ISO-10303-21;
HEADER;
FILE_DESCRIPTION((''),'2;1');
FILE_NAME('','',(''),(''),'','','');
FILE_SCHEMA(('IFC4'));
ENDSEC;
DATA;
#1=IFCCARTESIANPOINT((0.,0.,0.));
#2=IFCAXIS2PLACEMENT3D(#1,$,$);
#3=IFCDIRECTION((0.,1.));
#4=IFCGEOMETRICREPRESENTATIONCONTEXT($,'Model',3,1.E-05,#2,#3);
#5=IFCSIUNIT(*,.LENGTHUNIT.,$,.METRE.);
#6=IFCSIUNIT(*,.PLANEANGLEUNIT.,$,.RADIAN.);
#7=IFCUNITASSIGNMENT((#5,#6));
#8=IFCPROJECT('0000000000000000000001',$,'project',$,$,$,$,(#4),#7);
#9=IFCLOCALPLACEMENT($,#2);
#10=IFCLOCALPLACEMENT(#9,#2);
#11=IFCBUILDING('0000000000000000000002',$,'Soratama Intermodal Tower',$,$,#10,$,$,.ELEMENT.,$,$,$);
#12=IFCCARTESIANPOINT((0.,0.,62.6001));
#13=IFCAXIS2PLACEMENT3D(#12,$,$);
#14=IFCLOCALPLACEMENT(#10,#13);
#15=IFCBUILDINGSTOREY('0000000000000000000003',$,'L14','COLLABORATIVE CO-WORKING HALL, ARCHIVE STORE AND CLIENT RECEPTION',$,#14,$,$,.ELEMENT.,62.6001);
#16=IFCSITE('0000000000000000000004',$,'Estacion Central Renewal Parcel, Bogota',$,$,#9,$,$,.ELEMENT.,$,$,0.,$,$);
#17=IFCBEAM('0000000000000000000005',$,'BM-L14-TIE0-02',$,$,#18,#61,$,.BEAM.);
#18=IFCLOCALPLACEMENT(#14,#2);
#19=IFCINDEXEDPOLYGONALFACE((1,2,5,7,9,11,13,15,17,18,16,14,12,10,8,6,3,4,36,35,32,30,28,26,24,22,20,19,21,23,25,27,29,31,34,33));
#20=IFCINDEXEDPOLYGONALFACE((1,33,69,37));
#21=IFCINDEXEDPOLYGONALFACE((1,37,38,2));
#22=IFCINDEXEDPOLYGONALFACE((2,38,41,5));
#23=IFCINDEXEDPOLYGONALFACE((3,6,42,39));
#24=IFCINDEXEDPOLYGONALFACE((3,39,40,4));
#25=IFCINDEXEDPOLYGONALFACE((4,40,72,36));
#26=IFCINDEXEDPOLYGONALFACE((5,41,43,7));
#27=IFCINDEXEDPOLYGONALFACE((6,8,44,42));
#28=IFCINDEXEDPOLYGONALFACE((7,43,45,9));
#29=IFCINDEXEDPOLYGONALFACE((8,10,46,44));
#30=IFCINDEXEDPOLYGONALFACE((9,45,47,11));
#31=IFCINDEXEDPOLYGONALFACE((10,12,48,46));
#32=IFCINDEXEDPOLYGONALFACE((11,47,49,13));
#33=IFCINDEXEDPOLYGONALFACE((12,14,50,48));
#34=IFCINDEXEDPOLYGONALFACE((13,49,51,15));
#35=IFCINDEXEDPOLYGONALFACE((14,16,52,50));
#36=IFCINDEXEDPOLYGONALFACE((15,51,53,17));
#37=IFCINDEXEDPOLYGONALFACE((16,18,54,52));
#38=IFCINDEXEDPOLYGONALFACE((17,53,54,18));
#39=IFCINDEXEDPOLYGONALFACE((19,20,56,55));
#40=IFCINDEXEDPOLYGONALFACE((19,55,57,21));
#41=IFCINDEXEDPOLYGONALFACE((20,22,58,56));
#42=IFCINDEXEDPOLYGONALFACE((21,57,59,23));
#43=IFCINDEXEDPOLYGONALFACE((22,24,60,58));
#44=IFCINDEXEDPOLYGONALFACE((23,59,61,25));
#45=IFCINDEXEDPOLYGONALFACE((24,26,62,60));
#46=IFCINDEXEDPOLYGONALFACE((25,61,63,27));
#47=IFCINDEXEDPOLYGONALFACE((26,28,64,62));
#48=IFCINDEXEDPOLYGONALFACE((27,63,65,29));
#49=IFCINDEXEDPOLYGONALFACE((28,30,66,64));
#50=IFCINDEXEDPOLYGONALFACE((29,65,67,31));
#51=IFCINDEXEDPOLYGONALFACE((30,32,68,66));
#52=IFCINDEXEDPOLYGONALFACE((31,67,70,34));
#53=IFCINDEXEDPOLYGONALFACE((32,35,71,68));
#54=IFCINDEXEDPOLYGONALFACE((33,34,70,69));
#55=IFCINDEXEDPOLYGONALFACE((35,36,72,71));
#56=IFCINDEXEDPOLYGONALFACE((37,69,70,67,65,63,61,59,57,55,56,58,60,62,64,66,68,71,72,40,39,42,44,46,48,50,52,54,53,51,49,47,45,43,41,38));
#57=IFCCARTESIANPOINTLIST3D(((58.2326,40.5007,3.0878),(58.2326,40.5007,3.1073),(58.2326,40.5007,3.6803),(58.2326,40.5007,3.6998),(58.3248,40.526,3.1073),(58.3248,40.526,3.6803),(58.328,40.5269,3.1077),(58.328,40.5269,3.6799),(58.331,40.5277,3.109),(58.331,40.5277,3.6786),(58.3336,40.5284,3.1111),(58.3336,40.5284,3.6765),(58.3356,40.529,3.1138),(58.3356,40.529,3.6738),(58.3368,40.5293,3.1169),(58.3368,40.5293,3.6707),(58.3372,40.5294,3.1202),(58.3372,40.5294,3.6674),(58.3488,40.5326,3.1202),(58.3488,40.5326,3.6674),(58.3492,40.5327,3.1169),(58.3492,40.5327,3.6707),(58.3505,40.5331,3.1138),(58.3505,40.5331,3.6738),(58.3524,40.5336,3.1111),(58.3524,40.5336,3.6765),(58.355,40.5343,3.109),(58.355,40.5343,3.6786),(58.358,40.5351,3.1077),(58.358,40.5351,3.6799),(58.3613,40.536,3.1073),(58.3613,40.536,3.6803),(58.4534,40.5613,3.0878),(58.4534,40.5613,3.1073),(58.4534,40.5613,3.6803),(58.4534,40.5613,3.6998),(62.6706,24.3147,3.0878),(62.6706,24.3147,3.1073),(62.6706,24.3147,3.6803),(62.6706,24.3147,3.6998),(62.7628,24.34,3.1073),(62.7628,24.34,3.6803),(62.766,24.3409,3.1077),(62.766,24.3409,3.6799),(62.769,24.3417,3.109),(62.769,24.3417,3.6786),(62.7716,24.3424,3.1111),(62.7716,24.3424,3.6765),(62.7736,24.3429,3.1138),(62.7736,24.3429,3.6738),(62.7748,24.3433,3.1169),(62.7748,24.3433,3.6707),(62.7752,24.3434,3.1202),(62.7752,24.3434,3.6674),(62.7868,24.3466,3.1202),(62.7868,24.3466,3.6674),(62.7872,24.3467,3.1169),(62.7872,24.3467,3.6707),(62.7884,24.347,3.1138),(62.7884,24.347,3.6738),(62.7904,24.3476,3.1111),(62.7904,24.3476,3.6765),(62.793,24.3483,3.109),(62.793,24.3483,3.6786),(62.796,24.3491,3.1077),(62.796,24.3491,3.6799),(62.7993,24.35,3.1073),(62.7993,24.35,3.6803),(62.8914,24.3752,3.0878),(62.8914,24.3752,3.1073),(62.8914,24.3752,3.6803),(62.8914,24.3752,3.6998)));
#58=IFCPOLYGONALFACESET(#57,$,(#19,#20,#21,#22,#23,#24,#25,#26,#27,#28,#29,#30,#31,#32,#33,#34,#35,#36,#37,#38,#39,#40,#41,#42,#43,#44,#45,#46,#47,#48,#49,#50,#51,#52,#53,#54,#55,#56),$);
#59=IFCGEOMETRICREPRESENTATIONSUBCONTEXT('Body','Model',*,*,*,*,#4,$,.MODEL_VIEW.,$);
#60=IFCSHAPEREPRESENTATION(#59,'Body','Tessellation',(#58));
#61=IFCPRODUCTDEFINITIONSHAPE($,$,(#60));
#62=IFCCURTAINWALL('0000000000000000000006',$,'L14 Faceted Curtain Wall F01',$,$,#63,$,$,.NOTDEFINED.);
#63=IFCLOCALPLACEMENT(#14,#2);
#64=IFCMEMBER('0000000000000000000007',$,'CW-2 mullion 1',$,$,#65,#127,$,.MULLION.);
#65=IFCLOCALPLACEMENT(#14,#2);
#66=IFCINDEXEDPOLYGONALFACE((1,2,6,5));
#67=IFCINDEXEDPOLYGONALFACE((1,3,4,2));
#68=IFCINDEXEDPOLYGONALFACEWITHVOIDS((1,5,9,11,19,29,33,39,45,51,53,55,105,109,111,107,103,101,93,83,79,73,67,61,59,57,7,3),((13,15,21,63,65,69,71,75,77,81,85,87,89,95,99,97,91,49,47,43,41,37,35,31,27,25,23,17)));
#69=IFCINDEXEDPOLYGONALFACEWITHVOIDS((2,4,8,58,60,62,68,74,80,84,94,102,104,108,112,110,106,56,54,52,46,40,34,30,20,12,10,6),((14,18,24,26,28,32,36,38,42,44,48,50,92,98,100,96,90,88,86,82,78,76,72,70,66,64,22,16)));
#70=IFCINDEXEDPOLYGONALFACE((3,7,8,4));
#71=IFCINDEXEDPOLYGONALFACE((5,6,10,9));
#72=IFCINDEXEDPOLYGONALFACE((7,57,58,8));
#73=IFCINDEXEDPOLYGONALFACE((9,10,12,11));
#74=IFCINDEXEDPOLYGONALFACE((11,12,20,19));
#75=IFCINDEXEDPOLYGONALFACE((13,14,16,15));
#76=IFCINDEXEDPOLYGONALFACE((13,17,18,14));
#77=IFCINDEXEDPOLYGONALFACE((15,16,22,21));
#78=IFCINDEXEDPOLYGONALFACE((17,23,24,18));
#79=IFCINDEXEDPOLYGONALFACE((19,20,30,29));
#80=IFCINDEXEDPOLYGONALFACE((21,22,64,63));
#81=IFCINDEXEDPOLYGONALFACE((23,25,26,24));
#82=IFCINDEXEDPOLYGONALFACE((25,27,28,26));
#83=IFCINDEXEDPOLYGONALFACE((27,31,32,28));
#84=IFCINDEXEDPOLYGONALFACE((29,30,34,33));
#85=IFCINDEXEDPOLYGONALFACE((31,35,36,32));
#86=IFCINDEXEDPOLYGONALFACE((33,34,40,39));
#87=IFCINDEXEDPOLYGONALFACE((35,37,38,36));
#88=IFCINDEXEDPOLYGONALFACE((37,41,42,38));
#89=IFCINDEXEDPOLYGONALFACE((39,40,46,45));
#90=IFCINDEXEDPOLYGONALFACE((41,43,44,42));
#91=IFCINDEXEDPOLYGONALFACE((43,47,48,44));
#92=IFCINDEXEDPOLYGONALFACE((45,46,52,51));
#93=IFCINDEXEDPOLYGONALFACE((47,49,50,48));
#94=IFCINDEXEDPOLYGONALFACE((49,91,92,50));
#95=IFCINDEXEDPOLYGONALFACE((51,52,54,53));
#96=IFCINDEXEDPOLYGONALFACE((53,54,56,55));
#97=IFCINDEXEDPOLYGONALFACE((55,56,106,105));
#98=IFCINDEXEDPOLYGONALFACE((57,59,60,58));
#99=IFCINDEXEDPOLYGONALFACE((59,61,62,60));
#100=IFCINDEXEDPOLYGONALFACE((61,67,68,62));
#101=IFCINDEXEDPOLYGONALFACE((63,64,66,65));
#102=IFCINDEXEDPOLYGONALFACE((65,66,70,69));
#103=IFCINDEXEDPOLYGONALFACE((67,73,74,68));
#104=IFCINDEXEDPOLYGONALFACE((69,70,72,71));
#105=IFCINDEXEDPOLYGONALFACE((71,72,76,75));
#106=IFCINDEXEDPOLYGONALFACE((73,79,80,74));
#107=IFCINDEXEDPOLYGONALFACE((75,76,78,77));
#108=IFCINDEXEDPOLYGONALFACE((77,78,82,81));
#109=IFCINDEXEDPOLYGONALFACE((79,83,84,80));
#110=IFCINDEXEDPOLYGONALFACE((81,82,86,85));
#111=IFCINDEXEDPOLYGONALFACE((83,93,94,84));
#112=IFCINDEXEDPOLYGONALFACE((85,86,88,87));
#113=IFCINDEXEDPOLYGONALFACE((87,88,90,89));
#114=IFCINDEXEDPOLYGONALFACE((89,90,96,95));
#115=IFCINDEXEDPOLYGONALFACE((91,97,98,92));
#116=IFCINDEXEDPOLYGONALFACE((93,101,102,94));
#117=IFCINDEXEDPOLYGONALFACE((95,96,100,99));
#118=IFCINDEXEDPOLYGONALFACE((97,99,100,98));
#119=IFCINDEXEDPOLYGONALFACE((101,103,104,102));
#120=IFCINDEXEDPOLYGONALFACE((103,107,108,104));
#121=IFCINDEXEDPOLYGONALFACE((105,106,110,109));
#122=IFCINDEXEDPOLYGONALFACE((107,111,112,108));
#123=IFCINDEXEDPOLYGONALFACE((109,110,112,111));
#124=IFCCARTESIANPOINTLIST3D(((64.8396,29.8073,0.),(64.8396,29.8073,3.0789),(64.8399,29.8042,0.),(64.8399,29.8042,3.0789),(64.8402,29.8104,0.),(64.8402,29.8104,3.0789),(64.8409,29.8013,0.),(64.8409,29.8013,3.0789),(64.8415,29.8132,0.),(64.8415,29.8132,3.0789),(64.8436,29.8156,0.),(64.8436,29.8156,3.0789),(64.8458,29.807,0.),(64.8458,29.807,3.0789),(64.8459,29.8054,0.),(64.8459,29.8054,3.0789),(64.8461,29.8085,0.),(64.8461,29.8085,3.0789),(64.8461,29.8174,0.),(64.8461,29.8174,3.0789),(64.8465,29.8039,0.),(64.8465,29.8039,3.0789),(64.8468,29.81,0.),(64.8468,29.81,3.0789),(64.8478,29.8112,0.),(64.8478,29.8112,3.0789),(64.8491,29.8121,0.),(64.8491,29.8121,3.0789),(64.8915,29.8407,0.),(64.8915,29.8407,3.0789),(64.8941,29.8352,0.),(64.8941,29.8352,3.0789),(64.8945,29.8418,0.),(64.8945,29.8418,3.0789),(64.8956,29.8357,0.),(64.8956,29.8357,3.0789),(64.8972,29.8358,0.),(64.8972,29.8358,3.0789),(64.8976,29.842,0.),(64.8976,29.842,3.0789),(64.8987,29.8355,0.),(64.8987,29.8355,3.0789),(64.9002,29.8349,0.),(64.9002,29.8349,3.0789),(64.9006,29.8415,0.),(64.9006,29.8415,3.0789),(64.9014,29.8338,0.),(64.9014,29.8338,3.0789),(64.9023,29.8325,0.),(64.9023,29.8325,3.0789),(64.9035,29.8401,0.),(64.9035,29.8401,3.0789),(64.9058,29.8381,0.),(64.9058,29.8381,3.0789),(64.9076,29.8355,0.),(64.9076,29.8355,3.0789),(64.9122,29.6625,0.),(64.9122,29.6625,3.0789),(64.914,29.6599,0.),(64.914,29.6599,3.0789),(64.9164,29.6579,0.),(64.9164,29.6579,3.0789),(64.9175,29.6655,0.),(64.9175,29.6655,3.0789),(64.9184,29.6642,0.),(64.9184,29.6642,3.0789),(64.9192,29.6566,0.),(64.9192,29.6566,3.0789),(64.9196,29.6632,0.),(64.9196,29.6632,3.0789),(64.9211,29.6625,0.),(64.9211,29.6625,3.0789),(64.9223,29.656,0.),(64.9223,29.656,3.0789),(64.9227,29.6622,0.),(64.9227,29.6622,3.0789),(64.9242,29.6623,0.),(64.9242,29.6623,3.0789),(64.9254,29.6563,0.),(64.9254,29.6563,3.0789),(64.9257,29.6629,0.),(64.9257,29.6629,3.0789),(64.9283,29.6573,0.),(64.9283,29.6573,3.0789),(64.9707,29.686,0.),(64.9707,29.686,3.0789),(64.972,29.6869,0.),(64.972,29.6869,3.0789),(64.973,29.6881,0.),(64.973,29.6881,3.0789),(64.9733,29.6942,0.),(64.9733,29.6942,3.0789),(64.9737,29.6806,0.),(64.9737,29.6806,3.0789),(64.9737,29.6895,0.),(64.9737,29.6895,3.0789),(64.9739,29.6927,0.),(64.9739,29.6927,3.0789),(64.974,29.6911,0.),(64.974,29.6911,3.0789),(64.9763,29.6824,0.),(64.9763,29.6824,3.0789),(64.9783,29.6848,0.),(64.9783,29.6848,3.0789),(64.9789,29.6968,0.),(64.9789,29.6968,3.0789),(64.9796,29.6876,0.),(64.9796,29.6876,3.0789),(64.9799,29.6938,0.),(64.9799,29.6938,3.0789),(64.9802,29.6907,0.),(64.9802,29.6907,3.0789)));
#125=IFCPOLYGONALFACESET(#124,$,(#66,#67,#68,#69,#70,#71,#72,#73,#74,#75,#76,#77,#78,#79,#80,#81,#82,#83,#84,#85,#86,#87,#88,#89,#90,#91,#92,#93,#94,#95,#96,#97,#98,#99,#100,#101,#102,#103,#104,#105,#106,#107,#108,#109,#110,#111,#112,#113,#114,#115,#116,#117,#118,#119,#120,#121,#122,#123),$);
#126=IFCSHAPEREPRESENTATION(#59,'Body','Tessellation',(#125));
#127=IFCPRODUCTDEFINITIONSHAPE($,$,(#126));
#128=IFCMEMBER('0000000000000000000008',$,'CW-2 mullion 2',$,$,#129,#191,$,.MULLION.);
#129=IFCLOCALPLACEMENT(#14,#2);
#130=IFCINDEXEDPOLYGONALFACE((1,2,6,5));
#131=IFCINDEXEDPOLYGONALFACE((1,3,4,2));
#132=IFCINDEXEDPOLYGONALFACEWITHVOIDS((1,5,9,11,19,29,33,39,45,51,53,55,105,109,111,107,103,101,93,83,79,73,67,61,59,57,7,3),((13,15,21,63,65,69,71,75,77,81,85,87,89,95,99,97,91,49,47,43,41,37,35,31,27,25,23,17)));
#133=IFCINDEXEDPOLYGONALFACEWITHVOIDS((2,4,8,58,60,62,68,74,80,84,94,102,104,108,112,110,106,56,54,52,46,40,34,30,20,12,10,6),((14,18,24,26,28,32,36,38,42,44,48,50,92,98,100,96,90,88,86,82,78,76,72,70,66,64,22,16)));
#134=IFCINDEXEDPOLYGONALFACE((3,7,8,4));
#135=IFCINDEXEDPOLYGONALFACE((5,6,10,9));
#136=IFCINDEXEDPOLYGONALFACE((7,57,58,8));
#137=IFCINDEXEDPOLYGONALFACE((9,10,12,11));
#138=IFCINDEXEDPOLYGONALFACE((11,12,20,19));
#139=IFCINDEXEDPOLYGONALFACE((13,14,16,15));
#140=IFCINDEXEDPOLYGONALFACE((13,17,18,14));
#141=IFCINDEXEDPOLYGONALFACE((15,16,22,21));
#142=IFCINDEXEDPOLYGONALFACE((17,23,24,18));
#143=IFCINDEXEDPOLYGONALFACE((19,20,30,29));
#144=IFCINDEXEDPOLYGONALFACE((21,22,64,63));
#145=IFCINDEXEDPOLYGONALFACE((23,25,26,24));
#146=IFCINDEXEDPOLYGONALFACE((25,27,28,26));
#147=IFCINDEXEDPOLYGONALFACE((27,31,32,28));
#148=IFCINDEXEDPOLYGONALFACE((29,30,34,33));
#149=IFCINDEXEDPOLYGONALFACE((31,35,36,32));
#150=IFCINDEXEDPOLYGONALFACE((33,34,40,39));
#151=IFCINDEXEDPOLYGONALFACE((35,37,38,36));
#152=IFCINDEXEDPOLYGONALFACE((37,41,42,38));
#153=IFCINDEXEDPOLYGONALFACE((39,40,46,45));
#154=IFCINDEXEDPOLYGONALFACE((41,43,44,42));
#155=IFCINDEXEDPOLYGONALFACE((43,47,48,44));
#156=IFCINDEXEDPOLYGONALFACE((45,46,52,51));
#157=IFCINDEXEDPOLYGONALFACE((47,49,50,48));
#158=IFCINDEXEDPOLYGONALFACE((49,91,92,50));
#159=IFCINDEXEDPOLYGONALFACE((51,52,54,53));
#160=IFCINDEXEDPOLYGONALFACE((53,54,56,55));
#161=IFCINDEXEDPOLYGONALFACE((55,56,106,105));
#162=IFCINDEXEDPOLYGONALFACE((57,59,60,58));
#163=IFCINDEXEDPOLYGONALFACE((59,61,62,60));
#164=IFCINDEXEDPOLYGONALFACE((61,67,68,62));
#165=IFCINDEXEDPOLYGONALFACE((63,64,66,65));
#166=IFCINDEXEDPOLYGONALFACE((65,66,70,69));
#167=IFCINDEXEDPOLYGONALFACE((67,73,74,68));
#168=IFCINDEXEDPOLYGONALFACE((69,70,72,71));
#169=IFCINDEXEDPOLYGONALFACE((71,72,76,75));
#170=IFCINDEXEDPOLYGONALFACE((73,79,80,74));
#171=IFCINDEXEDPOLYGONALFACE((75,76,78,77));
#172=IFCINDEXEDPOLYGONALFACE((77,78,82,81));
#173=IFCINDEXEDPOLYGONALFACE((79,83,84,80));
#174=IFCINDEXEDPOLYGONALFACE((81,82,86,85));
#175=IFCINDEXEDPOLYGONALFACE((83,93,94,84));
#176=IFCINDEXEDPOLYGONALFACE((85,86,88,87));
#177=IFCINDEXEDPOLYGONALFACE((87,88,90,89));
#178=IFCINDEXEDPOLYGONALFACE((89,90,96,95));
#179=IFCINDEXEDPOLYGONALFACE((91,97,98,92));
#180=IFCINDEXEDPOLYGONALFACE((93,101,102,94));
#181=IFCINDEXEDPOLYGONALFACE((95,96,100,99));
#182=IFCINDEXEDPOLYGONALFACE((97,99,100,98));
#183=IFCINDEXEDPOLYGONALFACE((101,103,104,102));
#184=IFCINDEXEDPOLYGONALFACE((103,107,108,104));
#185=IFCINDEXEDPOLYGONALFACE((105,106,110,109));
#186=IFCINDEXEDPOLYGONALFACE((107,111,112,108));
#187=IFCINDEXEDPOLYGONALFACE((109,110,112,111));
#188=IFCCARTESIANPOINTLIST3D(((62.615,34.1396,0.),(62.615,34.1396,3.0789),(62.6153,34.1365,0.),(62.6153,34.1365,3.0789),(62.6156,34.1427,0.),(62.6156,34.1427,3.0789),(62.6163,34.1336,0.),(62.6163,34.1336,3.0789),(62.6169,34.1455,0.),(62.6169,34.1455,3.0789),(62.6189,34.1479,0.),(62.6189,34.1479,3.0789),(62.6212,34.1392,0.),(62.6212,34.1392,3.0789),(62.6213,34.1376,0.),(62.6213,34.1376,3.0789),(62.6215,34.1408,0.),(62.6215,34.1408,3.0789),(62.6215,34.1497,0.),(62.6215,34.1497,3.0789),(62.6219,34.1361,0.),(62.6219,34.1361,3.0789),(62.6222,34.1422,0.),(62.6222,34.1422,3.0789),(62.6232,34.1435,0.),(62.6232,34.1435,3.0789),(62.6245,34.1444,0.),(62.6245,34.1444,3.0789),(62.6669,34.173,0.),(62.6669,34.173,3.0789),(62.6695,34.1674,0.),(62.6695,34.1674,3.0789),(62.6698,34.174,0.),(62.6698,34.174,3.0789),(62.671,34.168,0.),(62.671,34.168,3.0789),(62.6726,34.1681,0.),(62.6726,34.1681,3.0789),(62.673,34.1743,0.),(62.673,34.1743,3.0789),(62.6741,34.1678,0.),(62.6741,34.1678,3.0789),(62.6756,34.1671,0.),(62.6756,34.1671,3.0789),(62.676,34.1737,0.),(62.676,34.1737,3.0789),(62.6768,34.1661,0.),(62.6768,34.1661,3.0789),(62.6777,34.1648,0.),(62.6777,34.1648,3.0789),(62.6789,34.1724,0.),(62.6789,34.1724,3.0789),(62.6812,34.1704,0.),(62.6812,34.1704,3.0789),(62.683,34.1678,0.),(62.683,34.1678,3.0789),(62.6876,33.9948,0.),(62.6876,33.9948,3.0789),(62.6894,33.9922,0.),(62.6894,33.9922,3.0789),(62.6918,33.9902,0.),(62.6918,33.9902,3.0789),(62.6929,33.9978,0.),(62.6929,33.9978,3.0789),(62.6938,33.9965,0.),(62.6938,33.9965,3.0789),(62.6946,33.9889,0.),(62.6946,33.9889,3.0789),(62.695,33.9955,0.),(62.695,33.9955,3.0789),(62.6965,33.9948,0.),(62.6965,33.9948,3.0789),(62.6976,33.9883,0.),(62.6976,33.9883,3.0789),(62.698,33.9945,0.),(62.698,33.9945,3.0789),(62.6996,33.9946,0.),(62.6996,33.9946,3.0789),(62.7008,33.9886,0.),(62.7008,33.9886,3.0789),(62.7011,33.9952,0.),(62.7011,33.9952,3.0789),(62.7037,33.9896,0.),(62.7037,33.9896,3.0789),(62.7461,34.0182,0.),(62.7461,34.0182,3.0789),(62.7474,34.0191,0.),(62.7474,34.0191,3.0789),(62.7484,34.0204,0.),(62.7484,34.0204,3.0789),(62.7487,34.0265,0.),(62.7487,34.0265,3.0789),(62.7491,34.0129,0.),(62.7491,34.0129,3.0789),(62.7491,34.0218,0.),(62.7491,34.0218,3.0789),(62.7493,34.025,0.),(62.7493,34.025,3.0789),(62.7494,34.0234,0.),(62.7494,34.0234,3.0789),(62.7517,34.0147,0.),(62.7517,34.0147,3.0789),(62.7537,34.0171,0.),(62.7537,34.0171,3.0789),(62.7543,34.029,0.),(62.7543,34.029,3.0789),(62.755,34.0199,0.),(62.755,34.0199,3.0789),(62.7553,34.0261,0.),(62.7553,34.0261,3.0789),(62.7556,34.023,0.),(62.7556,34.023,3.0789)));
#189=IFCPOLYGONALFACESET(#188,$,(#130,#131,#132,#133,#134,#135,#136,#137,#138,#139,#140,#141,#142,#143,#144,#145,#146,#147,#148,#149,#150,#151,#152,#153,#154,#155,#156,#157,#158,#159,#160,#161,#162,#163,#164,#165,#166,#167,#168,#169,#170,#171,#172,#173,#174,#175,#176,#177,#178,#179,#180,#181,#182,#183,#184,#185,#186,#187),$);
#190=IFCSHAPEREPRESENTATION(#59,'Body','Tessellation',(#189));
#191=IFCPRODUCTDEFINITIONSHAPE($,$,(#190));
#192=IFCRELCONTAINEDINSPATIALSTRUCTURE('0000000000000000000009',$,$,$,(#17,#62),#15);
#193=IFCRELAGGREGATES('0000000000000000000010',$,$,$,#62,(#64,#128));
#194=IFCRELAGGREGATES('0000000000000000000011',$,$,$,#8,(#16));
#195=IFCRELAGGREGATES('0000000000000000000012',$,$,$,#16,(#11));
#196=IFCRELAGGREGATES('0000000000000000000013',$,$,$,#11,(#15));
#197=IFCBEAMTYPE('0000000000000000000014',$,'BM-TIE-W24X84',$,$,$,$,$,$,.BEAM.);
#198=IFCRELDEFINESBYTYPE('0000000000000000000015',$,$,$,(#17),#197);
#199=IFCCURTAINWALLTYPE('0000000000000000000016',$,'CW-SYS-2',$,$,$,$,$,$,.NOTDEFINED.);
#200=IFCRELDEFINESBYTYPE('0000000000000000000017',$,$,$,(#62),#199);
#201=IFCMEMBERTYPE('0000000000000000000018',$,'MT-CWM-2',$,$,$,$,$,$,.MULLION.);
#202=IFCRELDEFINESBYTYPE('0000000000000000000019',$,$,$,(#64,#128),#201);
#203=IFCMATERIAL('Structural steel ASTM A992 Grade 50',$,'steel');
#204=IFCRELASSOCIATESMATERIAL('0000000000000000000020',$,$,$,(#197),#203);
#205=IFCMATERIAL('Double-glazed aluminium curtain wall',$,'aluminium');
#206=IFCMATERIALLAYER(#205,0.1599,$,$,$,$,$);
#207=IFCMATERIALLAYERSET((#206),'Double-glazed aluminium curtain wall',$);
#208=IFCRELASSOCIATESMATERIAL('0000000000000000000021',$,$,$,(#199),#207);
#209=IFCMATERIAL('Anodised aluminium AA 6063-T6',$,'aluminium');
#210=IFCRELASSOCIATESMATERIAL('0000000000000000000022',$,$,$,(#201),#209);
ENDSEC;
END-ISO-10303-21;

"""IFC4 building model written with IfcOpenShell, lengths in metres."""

from ifc_helpers import new_model, si_unit, direction, frame, origin, origin_2d, place, context, subcontext, project, spatial, hollow_rectangle, i_section, extrude, material, layer, layer_set, material_profile, profile_set, type_object, element, aggregate, save


model = new_model("IFC4")

# Units and contexts
model_context = context("Model", 3, precision=1e-05, world=origin(), true_north=direction((0.0, 1.0)))
body_context = subcontext(model_context, "Body", "Model", "MODEL_VIEW")
ifc_project = project(units=[si_unit("LENGTHUNIT", "METRE"), si_unit("PLANEANGLEUNIT", "RADIAN")], contexts=[model_context])

# Site, building, storey
site_placement = place(None, origin())
site = spatial("IfcSite", under=ifc_project, at=site_placement, Name="Estacion Central Renewal Parcel, Bogota", CompositionType="ELEMENT", RefElevation=0.0)
building_placement = place(site_placement, origin())
building = spatial("IfcBuilding", under=site, at=building_placement, Name="Soratama Intermodal Tower", CompositionType="ELEMENT")
storey_placement = place(building_placement, frame((0.0, 0.0, 62.6001)))
storey = spatial("IfcBuildingStorey", under=building, at=storey_placement, Name="L14", Description="COLLABORATIVE CO-WORKING HALL, ARCHIVE STORE AND CLIENT RECEPTION", CompositionType="ELEMENT", Elevation=62.6001)

# Beam
ifc_material_1 = material(Name="Structural steel ASTM A992 Grade 50", Category="steel")
ifc_material_profile_1 = material_profile(ifc_material_1, i_section(OverallWidth=0.229, OverallDepth=0.6121, WebThickness=0.012, FlangeThickness=0.0195, FilletRadius=0.0129, at=origin_2d()), Name="W24X84")
ifc_profile_set_1 = profile_set([ifc_material_profile_1], Name="Structural steel ASTM A992 Grade 50")
beam_type_1 = type_object("IfcBeamType", Name="BM-TIE-W24X84", PredefinedType="BEAM", material=ifc_profile_set_1)
beam_1_placement = place(storey_placement, frame((62.781, 24.345, 3.3938), z_axis=(-0.264427, 0.964406, 0.0), x_axis=(-0.964406, -0.264427, 0.0)))
element("IfcBeam", 1, at=beam_1_placement, inside=storey, type_object=beam_type_1, Name="BM-L14-TIE0-02", PredefinedType="BEAM", context=body_context, shape_type="SweptSolid", body=[
    extrude(i_section(OverallWidth=0.229, OverallDepth=0.6121, WebThickness=0.012, FlangeThickness=0.0195, FilletRadius=0.0129, at=origin_2d()), origin(), (0.0, 0.0, 1.0), 16.7834),
])

# Curtain wall, members
ifc_material_2 = material(Name="Double-glazed aluminium curtain wall", Category="aluminium")
ifc_layer_1 = layer(ifc_material_2, 0.1599)
ifc_layer_set_1 = layer_set([ifc_layer_1], Name="Double-glazed aluminium curtain wall")
curtain_wall_type = type_object("IfcCurtainWallType", Name="CW-SYS-2", PredefinedType="NOTDEFINED", material=ifc_layer_set_1)
curtain_wall_1_placement = place(storey_placement, origin())
curtain_wall_1 = element("IfcCurtainWall", 2, at=curtain_wall_1_placement, inside=storey, type_object=curtain_wall_type, Name="L14 Faceted Curtain Wall F01", PredefinedType="NOTDEFINED")
ifc_material_3 = material(Name="Anodised aluminium AA 6063-T6", Category="aluminium")
ifc_material_profile_2 = material_profile(ifc_material_3, hollow_rectangle(XDim=0.075, YDim=0.1799, WallThickness=0.0061, InnerFilletRadius=0.0061, OuterFilletRadius=0.012, at=origin_2d()), Name="CWM180X75X6")
ifc_profile_set_2 = profile_set([ifc_material_profile_2], Name="Anodised aluminium AA 6063-T6")
member_type_1 = type_object("IfcMemberType", Name="MT-CWM-2", PredefinedType="MULLION", material=ifc_profile_set_2)
member_1_placement = place(storey_placement, frame((64.9099, 29.749, 0.0), z_axis=(0.0, 0.0, 1.0), x_axis=(-0.889576, -0.456788, 0.0)))
member_1 = element("IfcMember", 3, at=member_1_placement, type_object=member_type_1, Name="CW-2 mullion 1", PredefinedType="MULLION", context=body_context, shape_type="SweptSolid", body=[
    extrude(hollow_rectangle(XDim=0.075, YDim=0.1799, WallThickness=0.0061, InnerFilletRadius=0.0061, OuterFilletRadius=0.012, at=origin_2d()), origin(), (0.0, 0.0, 1.0), 3.0789),
])
member_2_placement = place(storey_placement, frame((62.6853, 34.0813, 0.0), z_axis=(0.0, 0.0, 1.0), x_axis=(-0.889576, -0.456788, 0.0)))
member_2 = element("IfcMember", 4, at=member_2_placement, type_object=member_type_1, Name="CW-2 mullion 2", PredefinedType="MULLION", context=body_context, shape_type="SweptSolid", body=[
    extrude(hollow_rectangle(XDim=0.075, YDim=0.1799, WallThickness=0.0061, InnerFilletRadius=0.0061, OuterFilletRadius=0.012, at=origin_2d()), origin(), (0.0, 0.0, 1.0), 3.0789),
])

aggregate(curtain_wall_1, [member_1, member_2])

save(model, "model.ifc")
